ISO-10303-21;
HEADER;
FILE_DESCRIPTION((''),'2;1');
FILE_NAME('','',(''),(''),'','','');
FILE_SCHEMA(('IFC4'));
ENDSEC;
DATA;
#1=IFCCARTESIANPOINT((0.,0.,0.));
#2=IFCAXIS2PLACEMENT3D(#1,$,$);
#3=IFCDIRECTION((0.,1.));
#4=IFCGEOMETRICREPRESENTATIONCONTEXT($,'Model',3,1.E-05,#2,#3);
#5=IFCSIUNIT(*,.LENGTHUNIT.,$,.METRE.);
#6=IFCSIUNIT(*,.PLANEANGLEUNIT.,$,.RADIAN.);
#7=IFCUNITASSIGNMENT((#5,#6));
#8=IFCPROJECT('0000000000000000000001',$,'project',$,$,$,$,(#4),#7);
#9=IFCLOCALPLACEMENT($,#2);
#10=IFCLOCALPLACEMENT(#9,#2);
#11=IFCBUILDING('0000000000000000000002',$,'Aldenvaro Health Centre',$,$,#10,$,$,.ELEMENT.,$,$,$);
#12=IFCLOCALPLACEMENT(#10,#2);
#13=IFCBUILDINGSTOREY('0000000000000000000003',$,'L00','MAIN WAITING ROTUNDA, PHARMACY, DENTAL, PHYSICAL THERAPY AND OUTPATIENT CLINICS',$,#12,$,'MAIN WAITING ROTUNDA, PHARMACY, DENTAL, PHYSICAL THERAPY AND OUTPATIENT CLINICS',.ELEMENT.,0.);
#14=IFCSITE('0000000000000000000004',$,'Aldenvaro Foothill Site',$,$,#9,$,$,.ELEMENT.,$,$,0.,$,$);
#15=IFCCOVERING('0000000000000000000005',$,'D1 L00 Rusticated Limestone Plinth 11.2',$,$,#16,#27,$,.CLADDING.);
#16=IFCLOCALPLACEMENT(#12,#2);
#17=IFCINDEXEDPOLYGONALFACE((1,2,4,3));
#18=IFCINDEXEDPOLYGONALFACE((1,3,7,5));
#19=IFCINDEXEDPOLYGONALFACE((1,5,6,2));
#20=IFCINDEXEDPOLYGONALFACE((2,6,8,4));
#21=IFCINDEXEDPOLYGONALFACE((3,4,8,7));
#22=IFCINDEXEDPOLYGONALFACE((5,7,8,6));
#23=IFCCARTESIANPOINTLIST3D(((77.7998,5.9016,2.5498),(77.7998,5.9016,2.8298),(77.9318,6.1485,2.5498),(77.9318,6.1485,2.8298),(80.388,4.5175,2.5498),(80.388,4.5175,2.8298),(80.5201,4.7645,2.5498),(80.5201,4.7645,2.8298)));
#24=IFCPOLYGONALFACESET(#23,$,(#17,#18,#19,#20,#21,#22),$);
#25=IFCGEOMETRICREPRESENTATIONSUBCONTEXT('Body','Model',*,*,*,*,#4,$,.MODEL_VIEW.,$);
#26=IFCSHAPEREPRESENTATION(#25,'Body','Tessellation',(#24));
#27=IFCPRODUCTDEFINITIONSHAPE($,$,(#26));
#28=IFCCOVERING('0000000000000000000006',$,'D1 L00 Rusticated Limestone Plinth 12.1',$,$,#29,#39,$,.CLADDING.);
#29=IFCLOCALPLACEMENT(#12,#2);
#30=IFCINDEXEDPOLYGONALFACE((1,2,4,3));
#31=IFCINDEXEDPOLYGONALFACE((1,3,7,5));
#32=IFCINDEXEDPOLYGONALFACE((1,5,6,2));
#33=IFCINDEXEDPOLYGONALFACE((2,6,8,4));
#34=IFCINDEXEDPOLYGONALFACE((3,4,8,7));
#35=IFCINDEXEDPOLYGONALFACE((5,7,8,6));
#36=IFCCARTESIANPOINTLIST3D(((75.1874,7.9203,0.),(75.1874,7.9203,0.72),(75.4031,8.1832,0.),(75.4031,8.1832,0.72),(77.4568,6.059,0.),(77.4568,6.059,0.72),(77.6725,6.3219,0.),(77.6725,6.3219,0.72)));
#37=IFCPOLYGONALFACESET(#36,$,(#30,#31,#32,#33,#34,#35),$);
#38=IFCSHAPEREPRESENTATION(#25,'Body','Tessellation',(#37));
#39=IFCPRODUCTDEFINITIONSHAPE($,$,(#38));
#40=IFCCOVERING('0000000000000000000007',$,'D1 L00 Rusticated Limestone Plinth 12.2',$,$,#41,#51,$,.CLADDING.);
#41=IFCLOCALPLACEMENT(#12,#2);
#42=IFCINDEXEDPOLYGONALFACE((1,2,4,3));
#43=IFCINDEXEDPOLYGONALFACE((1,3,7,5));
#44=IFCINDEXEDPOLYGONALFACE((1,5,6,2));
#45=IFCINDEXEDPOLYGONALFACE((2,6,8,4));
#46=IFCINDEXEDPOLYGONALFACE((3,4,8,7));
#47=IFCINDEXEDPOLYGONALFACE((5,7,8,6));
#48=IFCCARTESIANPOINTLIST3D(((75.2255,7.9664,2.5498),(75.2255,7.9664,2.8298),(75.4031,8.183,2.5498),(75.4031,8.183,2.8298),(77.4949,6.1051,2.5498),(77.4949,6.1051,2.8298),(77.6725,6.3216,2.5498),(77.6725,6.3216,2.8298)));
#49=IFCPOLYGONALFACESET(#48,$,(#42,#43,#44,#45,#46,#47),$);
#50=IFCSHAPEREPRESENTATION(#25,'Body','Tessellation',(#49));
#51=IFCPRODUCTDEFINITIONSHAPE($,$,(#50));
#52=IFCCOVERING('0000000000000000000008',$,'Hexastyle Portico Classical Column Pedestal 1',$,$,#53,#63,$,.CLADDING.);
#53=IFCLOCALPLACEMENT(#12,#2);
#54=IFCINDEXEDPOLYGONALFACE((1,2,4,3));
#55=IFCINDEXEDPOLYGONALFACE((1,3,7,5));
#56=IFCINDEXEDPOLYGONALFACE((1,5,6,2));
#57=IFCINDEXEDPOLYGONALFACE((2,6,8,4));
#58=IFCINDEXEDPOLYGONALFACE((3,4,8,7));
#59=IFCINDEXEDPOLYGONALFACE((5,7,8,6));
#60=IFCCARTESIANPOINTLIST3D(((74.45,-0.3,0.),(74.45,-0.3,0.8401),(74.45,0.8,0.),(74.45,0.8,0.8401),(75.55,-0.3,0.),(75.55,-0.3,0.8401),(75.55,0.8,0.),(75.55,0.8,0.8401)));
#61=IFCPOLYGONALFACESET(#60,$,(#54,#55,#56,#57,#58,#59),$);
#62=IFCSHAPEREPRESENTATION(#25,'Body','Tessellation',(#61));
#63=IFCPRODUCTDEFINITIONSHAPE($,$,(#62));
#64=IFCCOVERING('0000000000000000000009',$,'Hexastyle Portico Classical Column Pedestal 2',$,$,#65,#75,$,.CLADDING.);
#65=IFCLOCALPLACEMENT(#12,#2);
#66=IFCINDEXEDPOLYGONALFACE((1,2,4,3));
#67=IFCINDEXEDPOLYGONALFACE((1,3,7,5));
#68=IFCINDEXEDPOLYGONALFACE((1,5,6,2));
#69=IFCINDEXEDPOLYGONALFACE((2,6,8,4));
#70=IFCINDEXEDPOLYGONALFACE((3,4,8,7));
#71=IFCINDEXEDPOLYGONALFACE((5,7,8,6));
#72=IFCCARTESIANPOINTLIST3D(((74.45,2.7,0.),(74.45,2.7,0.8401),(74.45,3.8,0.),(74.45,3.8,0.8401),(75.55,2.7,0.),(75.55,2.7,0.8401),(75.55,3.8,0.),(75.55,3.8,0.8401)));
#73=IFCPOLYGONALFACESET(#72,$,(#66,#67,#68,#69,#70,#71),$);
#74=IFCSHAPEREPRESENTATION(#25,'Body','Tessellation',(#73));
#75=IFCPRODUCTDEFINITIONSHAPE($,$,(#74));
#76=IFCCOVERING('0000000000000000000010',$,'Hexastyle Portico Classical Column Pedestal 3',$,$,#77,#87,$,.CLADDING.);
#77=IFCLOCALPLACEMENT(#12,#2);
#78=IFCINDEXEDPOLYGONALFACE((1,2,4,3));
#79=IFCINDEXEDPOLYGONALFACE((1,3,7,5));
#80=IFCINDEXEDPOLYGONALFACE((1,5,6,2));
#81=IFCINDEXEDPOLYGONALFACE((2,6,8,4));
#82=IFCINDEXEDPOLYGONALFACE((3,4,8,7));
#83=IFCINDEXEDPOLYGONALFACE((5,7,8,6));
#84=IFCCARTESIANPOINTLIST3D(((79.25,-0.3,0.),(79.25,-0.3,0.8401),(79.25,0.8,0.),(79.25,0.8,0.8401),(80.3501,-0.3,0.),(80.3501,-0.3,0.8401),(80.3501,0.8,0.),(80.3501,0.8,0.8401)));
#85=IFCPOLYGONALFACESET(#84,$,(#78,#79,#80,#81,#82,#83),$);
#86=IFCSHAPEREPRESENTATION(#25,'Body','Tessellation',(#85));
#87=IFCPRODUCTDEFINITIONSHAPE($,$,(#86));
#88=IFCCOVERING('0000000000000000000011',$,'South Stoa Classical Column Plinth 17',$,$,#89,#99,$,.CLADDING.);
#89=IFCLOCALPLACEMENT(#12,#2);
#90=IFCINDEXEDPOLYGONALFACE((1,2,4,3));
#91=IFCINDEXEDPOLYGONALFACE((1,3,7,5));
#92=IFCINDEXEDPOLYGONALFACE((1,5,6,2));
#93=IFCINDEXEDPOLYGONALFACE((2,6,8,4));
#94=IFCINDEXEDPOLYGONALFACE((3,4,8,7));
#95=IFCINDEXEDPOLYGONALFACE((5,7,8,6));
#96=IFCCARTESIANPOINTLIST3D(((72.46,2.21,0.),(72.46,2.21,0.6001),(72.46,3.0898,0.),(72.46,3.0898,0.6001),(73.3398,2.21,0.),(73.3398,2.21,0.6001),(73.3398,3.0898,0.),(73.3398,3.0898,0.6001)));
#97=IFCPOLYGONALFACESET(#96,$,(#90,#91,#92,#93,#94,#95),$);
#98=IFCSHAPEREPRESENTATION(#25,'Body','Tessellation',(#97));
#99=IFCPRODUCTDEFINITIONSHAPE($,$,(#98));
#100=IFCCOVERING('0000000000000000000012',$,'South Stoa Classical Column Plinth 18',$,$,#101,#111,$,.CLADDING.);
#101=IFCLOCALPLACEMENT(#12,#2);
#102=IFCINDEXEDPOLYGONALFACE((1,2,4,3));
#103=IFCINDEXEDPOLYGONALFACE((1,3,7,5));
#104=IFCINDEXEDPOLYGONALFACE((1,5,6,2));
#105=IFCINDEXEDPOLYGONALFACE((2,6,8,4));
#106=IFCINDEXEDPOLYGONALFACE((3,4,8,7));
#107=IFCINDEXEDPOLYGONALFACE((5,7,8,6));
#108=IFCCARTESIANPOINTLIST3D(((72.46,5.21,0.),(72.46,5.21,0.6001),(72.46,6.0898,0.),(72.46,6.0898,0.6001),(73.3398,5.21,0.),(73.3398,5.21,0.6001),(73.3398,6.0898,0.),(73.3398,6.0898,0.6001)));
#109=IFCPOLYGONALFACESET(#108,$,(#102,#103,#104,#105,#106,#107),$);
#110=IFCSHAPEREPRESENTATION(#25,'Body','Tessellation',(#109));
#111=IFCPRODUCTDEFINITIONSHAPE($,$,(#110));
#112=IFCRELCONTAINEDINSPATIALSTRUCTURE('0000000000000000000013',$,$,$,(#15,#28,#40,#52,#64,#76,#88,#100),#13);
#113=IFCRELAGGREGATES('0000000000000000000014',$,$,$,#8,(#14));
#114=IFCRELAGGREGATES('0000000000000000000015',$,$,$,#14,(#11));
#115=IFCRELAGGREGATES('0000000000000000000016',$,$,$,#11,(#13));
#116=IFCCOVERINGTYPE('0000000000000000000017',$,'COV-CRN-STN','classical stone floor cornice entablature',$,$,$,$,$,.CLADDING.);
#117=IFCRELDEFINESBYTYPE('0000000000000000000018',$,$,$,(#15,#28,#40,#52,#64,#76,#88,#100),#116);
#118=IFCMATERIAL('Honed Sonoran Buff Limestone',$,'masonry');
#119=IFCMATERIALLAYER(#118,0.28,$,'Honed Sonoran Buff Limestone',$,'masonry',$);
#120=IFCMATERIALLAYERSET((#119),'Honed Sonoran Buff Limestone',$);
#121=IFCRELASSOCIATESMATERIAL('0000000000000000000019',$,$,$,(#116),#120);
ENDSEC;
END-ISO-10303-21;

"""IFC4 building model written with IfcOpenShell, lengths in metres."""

from ifc_helpers import new_model, si_unit, direction, frame, origin, origin_2d, place, context, subcontext, project, spatial, rectangle, extrude, material, layer, layer_set, type_object, element, save


model = new_model("IFC4")

# Units and contexts
model_context = context("Model", 3, precision=1e-05, world=origin(), true_north=direction((0.0, 1.0)))
body_context = subcontext(model_context, "Body", "Model", "MODEL_VIEW")
ifc_project = project(units=[si_unit("LENGTHUNIT", "METRE"), si_unit("PLANEANGLEUNIT", "RADIAN")], contexts=[model_context])

# Site, building, storey
site_placement = place(None, origin())
site = spatial("IfcSite", under=ifc_project, at=site_placement, Name="Aldenvaro Foothill Site", CompositionType="ELEMENT", RefElevation=0.0)
building_placement = place(site_placement, origin())
building = spatial("IfcBuilding", under=site, at=building_placement, Name="Aldenvaro Health Centre", CompositionType="ELEMENT")
storey_placement = place(building_placement, origin())
storey = spatial("IfcBuildingStorey", under=building, at=storey_placement, Name="L00", Description="MAIN WAITING ROTUNDA, PHARMACY, DENTAL, PHYSICAL THERAPY AND OUTPATIENT CLINICS", LongName="MAIN WAITING ROTUNDA, PHARMACY, DENTAL, PHYSICAL THERAPY AND OUTPATIENT CLINICS", CompositionType="ELEMENT", Elevation=0.0)

# Coverings
ifc_material_1 = material(Name="Honed Sonoran Buff Limestone", Category="masonry")
ifc_layer_1 = layer(ifc_material_1, 0.28, Name="Honed Sonoran Buff Limestone", Category="masonry")
ifc_layer_set_1 = layer_set([ifc_layer_1], Name="Honed Sonoran Buff Limestone")
covering_type = type_object("IfcCoveringType", Name="COV-CRN-STN", Description="classical stone floor cornice entablature", PredefinedType="CLADDING", material=ifc_layer_set_1)
covering_1_placement = place(storey_placement, frame((79.1599, 5.333, 2.5498), z_axis=(0.0, 0.0, 1.0), x_axis=(-0.881836, 0.471557, 0.0)))
element("IfcCovering", 1, at=covering_1_placement, inside=storey, type_object=covering_type, Name="D1 L00 Rusticated Limestone Plinth 11.2", PredefinedType="CLADDING", context=body_context, shape_type="SweptSolid", body=[
    extrude(rectangle(XDim=2.9351, YDim=0.28, at=origin_2d()), origin(), (0.0, 0.0, 1.0), 0.28),
])
covering_2_placement = place(storey_placement, frame((76.4299, 7.1211, 0.0), z_axis=(0.0, 0.0, 1.0), x_axis=(-0.773195, 0.634169, 0.0)))
element("IfcCovering", 2, at=covering_2_placement, inside=storey, type_object=covering_type, Name="D1 L00 Rusticated Limestone Plinth 12.1", PredefinedType="CLADDING", context=body_context, shape_type="SweptSolid", body=[
    extrude(rectangle(XDim=2.9351, YDim=0.3401, at=origin_2d()), origin(), (0.0, 0.0, 1.0), 0.72),
])
covering_3_placement = place(storey_placement, frame((76.449, 7.144, 2.5498), z_axis=(0.0, 0.0, 1.0), x_axis=(-0.773195, 0.634169, 0.0)))
element("IfcCovering", 3, at=covering_3_placement, inside=storey, type_object=covering_type, Name="D1 L00 Rusticated Limestone Plinth 12.2", PredefinedType="CLADDING", context=body_context, shape_type="SweptSolid", body=[
    extrude(rectangle(XDim=2.9351, YDim=0.28, at=origin_2d()), origin(), (0.0, 0.0, 1.0), 0.28),
])
for number, where, z_axis, x_axis, name in (
    (4, (75.0, 0.25, 0.0), (0.0, 0.0, 1.0), (1.0, 0.0, 0.0), "Hexastyle Portico Classical Column Pedestal 1"),
    (5, (75.0, 3.25, 0.0), (0.0, 0.0, 1.0), (1.0, 0.0, 0.0), "Hexastyle Portico Classical Column Pedestal 2"),
    (6, (79.8, 0.25, 0.0), (0.0, 0.0, 1.0), (1.0, 0.0, 0.0), "Hexastyle Portico Classical Column Pedestal 3"),
):
    element("IfcCovering", number, at=place(storey_placement, frame(where, z_axis=z_axis, x_axis=x_axis)), inside=storey, type_object=covering_type, Name=name, PredefinedType="CLADDING", context=body_context, shape_type="SweptSolid", body=[
        extrude(rectangle(XDim=1.1001, YDim=1.1001, at=origin_2d()), origin(), (0.0, 0.0, 1.0), 0.8401),
    ])
for number, where, z_axis, x_axis, name in (
    (7, (72.8999, 2.6499, 0.0), (0.0, 0.0, 1.0), (1.0, 0.0, 0.0), "South Stoa Classical Column Plinth 17"),
    (8, (72.8999, 5.6499, 0.0), (0.0, 0.0, 1.0), (1.0, 0.0, 0.0), "South Stoa Classical Column Plinth 18"),
):
    element("IfcCovering", number, at=place(storey_placement, frame(where, z_axis=z_axis, x_axis=x_axis)), inside=storey, type_object=covering_type, Name=name, PredefinedType="CLADDING", context=body_context, shape_type="SweptSolid", body=[
        extrude(rectangle(XDim=0.8799, YDim=0.8799, at=origin_2d()), origin(), (0.0, 0.0, 1.0), 0.6001),
    ])

save(model, "model.ifc")
